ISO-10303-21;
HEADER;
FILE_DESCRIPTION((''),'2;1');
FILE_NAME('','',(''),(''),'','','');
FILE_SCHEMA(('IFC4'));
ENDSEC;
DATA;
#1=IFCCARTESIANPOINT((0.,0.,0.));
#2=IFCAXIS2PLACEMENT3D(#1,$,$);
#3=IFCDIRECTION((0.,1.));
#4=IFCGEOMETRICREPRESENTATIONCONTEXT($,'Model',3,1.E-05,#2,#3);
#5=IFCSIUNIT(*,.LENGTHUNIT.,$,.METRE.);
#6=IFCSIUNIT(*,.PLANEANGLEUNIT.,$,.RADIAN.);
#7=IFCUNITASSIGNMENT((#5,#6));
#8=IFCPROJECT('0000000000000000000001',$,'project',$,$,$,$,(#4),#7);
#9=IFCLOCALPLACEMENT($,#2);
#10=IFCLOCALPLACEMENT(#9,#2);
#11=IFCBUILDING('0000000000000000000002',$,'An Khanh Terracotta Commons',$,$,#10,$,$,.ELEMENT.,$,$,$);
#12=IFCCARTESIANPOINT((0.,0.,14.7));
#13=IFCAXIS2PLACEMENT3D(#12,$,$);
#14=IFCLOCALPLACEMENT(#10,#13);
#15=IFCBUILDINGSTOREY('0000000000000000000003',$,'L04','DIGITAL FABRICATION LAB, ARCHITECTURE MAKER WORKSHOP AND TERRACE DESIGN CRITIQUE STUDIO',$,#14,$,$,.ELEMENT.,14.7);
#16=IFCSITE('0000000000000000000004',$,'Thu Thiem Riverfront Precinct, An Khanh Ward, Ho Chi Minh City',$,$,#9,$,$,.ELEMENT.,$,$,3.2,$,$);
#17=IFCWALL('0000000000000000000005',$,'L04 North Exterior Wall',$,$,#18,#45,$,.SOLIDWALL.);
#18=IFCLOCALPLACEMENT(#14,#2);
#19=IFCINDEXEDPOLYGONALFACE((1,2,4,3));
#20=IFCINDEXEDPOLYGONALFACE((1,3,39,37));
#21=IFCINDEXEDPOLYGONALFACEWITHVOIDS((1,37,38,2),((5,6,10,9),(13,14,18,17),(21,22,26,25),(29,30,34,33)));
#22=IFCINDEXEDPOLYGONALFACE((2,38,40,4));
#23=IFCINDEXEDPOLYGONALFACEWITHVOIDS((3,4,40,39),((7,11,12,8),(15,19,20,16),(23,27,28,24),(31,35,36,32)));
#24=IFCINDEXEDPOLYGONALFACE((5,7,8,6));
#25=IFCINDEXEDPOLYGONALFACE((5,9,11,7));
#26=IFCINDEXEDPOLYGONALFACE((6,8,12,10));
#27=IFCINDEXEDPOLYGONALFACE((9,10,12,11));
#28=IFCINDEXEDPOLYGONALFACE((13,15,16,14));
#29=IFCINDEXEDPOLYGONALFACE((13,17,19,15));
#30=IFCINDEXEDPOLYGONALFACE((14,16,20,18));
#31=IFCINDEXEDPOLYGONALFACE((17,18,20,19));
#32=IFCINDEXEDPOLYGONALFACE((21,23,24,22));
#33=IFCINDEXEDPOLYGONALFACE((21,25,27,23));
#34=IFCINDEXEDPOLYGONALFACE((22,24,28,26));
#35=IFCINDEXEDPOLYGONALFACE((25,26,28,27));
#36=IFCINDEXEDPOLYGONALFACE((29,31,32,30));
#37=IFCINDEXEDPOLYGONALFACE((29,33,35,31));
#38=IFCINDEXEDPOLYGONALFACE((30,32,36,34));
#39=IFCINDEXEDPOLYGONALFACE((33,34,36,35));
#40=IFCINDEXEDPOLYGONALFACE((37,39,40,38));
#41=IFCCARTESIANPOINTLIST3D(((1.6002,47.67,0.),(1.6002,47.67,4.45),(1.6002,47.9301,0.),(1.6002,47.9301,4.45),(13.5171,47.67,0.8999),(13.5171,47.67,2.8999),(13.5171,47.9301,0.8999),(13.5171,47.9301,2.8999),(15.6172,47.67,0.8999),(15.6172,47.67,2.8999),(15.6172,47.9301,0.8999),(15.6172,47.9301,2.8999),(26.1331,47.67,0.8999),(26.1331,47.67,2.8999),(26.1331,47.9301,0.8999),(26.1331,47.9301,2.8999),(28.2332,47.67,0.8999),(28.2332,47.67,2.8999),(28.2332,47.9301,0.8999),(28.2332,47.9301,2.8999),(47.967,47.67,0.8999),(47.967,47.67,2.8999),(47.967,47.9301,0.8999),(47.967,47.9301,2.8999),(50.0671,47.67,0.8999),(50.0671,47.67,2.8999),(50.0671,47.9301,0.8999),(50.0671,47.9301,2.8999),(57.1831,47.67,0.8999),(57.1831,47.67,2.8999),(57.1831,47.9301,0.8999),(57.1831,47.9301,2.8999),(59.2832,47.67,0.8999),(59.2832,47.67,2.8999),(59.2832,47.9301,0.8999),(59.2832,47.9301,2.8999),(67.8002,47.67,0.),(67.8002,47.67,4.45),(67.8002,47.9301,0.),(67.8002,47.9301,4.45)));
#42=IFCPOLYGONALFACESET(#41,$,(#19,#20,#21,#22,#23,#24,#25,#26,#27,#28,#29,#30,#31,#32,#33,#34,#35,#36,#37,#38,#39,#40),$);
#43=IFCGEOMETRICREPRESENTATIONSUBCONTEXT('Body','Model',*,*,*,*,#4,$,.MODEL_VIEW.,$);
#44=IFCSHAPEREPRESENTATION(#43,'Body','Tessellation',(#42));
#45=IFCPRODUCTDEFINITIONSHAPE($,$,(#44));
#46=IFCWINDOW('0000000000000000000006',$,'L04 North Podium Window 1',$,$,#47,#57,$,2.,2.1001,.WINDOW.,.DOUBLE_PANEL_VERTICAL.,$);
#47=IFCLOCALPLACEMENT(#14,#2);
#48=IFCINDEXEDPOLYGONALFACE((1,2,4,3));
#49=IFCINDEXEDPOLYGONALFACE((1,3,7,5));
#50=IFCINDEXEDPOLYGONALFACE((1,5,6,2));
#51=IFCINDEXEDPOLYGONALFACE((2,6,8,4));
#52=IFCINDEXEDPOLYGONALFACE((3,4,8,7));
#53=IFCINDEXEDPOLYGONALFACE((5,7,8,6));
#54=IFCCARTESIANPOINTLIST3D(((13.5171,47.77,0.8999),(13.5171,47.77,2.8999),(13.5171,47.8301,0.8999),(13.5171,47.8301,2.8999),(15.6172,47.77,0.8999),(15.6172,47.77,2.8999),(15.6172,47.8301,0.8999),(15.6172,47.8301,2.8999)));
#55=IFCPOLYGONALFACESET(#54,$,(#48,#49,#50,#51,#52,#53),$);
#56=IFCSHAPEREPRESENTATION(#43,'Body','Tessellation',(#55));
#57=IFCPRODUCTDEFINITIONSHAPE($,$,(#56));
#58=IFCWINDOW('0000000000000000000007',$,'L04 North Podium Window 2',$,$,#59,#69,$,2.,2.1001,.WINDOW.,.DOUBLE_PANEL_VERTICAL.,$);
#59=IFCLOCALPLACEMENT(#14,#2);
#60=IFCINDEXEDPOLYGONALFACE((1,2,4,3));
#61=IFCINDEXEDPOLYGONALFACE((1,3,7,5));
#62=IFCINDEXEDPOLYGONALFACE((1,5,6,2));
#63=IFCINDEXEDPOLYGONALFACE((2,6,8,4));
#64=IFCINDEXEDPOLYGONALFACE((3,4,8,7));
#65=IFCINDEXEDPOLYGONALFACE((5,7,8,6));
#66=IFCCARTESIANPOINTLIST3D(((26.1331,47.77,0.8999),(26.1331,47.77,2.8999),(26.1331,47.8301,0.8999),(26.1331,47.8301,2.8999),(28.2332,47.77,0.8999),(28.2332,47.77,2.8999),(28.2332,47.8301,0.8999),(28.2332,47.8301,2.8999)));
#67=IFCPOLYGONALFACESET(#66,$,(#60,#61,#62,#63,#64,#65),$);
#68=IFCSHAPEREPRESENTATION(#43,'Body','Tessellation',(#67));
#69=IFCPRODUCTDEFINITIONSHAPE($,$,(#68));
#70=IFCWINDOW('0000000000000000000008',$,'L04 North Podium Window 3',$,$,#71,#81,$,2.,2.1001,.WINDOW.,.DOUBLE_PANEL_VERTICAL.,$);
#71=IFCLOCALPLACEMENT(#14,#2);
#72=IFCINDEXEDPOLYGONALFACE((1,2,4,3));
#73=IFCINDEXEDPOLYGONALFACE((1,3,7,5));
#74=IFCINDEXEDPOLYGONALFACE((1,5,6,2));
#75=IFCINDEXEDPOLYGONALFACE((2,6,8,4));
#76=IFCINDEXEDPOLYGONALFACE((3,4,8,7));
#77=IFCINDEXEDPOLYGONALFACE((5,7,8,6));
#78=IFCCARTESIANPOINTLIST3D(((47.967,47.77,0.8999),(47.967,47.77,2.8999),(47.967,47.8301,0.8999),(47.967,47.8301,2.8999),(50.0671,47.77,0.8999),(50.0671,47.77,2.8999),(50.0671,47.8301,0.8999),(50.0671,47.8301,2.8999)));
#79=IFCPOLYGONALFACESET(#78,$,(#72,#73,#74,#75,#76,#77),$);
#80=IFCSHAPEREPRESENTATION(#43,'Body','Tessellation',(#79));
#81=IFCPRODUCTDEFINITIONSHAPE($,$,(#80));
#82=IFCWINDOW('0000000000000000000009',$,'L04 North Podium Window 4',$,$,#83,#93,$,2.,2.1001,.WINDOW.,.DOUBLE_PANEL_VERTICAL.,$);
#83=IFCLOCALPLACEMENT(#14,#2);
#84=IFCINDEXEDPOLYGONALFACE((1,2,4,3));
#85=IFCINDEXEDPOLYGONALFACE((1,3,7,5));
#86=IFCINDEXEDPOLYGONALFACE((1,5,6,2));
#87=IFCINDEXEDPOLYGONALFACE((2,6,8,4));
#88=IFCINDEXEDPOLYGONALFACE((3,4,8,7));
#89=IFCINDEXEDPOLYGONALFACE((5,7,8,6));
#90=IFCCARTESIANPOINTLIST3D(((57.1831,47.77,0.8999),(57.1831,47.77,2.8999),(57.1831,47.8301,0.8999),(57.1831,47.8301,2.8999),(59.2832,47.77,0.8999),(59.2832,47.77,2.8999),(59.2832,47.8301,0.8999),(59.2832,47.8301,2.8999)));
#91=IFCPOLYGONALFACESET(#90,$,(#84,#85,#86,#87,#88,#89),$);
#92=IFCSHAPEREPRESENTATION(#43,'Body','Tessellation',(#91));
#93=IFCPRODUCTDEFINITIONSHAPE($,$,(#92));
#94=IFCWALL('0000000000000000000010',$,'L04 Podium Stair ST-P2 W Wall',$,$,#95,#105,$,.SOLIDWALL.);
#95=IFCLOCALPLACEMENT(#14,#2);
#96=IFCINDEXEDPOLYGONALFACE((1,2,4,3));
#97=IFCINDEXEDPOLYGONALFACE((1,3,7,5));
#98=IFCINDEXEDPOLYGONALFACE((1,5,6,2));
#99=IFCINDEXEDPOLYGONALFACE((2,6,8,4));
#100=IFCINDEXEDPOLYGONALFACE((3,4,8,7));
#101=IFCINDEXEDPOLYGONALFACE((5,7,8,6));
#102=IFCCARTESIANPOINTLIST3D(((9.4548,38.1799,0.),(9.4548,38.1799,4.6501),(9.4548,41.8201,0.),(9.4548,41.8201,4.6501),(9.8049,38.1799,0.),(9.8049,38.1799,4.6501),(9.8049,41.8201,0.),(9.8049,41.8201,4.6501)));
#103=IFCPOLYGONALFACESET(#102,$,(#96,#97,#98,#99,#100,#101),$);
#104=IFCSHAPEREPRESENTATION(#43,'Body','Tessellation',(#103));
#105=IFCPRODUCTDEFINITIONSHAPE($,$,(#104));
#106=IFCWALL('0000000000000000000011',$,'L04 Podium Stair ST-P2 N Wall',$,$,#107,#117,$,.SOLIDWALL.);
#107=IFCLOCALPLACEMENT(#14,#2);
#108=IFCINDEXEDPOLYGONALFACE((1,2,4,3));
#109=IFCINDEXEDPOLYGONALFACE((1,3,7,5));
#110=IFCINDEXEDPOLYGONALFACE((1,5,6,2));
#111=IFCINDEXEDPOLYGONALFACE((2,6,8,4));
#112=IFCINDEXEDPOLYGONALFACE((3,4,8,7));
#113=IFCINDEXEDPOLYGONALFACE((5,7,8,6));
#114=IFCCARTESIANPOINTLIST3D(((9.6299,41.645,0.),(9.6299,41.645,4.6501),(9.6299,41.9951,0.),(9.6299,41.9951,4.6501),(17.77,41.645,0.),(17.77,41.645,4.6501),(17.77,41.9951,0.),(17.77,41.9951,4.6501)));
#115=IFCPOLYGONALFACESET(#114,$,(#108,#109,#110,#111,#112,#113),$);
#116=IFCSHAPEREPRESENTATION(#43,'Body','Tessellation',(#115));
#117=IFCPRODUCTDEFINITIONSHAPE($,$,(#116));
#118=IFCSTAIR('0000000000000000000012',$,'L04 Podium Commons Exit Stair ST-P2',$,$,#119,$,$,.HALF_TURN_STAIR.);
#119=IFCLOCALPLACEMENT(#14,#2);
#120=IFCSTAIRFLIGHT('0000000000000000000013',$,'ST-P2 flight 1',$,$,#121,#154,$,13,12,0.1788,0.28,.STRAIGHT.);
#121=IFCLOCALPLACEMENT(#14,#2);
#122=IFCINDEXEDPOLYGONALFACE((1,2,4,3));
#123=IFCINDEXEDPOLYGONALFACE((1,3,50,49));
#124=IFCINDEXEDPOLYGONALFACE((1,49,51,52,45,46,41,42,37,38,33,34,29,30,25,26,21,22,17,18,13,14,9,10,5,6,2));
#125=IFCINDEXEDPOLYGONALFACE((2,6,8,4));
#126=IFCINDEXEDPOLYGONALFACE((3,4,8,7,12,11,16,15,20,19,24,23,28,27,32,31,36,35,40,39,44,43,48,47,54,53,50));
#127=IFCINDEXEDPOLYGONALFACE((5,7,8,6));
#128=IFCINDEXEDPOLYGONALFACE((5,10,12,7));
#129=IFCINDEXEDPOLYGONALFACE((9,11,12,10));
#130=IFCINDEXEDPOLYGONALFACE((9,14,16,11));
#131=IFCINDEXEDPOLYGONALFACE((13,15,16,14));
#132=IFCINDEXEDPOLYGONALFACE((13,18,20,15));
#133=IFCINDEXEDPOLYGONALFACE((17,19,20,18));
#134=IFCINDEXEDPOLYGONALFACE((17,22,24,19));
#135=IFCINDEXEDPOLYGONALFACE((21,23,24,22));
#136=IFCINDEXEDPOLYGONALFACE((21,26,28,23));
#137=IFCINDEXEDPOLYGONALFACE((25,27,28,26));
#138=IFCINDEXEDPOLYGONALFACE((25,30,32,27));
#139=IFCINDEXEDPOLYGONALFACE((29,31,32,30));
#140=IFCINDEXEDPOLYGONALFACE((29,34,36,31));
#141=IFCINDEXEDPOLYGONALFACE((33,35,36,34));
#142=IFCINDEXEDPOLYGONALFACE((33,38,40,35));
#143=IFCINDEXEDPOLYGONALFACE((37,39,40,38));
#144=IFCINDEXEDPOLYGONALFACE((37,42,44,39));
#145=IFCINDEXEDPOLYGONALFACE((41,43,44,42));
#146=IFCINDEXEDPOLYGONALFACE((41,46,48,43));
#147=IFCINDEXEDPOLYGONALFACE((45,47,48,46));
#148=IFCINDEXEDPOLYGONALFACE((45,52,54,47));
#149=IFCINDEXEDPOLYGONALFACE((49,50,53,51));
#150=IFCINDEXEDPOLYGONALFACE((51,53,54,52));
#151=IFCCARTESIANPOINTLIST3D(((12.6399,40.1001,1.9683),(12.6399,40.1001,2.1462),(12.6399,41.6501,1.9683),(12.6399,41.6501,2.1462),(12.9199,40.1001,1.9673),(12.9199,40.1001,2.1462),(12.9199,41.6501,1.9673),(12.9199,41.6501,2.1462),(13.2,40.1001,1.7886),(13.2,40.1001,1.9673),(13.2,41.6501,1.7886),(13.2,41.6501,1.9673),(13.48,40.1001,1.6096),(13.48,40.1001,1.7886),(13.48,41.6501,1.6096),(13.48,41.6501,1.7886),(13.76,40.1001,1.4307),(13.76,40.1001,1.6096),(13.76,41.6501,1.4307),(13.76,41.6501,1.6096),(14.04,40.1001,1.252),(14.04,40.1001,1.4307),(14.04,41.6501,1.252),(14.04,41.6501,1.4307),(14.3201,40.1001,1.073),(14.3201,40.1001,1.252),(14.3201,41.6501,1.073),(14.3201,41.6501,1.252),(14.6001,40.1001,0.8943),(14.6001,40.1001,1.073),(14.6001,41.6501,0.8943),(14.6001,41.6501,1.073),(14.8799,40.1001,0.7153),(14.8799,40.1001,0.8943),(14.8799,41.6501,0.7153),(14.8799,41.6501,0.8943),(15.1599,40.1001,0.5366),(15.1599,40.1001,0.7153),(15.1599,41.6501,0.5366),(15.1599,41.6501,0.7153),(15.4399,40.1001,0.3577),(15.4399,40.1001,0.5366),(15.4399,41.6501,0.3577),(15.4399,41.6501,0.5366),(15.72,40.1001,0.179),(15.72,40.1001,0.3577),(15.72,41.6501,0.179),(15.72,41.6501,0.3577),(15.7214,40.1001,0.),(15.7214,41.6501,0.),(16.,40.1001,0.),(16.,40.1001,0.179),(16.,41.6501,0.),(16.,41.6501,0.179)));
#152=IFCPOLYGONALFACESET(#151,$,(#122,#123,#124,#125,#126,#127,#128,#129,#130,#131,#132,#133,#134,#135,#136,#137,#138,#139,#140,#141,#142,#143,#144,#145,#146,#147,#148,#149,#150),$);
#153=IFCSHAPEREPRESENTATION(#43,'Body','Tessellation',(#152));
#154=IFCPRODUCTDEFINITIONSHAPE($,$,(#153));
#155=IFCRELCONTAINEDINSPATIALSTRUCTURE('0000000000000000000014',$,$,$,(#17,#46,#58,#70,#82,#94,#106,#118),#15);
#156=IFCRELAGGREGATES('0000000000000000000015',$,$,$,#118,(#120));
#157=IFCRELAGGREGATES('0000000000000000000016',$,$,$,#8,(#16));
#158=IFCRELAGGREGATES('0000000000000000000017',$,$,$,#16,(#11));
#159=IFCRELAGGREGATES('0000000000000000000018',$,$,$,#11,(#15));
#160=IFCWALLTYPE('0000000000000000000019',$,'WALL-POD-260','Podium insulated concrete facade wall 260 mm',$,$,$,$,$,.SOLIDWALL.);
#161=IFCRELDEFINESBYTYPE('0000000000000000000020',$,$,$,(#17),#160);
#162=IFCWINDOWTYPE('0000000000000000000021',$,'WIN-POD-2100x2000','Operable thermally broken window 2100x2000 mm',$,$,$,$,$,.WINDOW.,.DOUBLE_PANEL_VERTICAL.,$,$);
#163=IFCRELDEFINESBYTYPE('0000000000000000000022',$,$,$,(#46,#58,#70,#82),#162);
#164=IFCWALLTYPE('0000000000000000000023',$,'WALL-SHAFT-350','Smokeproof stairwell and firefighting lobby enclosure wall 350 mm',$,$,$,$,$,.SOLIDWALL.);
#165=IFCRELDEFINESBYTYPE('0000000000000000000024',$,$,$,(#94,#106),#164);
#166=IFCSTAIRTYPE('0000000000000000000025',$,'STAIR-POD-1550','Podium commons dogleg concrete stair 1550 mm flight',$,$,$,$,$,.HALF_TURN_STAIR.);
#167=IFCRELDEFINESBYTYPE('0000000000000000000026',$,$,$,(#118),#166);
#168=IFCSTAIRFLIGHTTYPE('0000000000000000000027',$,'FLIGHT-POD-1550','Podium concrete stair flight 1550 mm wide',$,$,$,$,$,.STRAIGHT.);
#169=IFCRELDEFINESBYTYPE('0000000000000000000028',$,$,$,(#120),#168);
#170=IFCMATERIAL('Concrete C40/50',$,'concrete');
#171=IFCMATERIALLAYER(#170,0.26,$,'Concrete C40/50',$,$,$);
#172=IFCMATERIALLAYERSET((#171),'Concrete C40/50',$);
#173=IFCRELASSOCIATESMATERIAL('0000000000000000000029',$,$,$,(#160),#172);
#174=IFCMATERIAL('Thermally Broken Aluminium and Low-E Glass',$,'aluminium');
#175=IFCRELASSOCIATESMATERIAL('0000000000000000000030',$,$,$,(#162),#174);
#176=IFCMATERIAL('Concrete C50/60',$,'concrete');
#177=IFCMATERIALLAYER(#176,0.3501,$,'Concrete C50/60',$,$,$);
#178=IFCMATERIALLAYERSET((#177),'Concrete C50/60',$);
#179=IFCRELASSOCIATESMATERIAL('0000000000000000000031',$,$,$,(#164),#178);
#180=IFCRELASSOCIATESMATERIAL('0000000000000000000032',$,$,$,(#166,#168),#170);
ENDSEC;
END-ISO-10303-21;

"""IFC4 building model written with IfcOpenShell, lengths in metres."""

from ifc_helpers import new_model, si_unit, direction, frame, frame_2d, origin, place, context, subcontext, project, spatial, polyline, rectangle, outline, extrude, material, layer, layer_set, type_object, element, fill, aggregate, save


model = new_model("IFC4")

# Units and contexts
model_context = context("Model", 3, precision=1e-05, world=origin(), true_north=direction((0.0, 1.0)))
body_context = subcontext(model_context, "Body", "Model", "MODEL_VIEW")
ifc_project = project(units=[si_unit("LENGTHUNIT", "METRE"), si_unit("PLANEANGLEUNIT", "RADIAN")], contexts=[model_context])

# Site, building, storey
site_placement = place(None, origin())
site = spatial("IfcSite", under=ifc_project, at=site_placement, Name="Thu Thiem Riverfront Precinct, An Khanh Ward, Ho Chi Minh City", CompositionType="ELEMENT", RefElevation=3.2)
building_placement = place(site_placement, origin())
building = spatial("IfcBuilding", under=site, at=building_placement, Name="An Khanh Terracotta Commons", CompositionType="ELEMENT")
storey_placement = place(building_placement, frame((0.0, 0.0, 14.7)))
storey = spatial("IfcBuildingStorey", under=building, at=storey_placement, Name="L04", Description="DIGITAL FABRICATION LAB, ARCHITECTURE MAKER WORKSHOP AND TERRACE DESIGN CRITIQUE STUDIO", CompositionType="ELEMENT", Elevation=14.7)

# Shared definitions
ifc_material_1 = material(Name="Concrete C50/60", Category="concrete")

# Wall, openings, windows
ifc_material_2 = material(Name="Concrete C40/50", Category="concrete")
ifc_layer_1 = layer(ifc_material_2, 0.26, Name="Concrete C40/50")
ifc_layer_set_1 = layer_set([ifc_layer_1], Name="Concrete C40/50")
wall_type_1 = type_object("IfcWallType", Name="WALL-POD-260", Description="Podium insulated concrete facade wall 260 mm", PredefinedType="SOLIDWALL", material=ifc_layer_set_1)
wall_1_placement = place(storey_placement, frame((1.6001, 47.8, 0.0), z_axis=(0.0, 0.0, 1.0), x_axis=(1.0, 0.0, 0.0)))
wall_1 = element("IfcWall", 1, at=wall_1_placement, inside=storey, type_object=wall_type_1, Name="L04 North Exterior Wall", PredefinedType="SOLIDWALL", context=body_context, shape_type="SweptSolid", body=[
    extrude(rectangle(XDim=66.2, YDim=0.26, at=frame_2d((33.1001, 0.0))), origin(), (0.0, 0.0, 1.0), 4.45),
])
opening_1_placement = place(wall_1_placement, frame((11.917, 0.0, 0.8999)))
opening_1 = element("IfcOpeningElement", 2, at=opening_1_placement, cuts=wall_1, PredefinedType="OPENING", context=body_context, shape_type="SweptSolid", body=[
    extrude(rectangle(XDim=2.1001, YDim=2.0, at=frame_2d((1.05, 1.0))), frame((0.0, 0.1399, 0.0), z_axis=(0.0, -1.0, 0.0), x_axis=(1.0, 0.0, 0.0)), (0.0, 0.0, 1.0), 0.28),
])
opening_2_placement = place(wall_1_placement, frame((24.533, 0.0, 0.8999)))
opening_2 = element("IfcOpeningElement", 3, at=opening_2_placement, cuts=wall_1, PredefinedType="OPENING", context=body_context, shape_type="SweptSolid", body=[
    extrude(rectangle(XDim=2.1001, YDim=2.0, at=frame_2d((1.05, 1.0))), frame((0.0, 0.1399, 0.0), z_axis=(0.0, -1.0, 0.0), x_axis=(1.0, 0.0, 0.0)), (0.0, 0.0, 1.0), 0.28),
])
opening_3_placement = place(wall_1_placement, frame((46.3669, 0.0, 0.8999)))
opening_3 = element("IfcOpeningElement", 4, at=opening_3_placement, cuts=wall_1, PredefinedType="OPENING", context=body_context, shape_type="SweptSolid", body=[
    extrude(rectangle(XDim=2.1001, YDim=2.0, at=frame_2d((1.05, 1.0))), frame((0.0, 0.1399, 0.0), z_axis=(0.0, -1.0, 0.0), x_axis=(1.0, 0.0, 0.0)), (0.0, 0.0, 1.0), 0.28),
])
opening_4_placement = place(wall_1_placement, frame((55.583, 0.0, 0.8999)))
opening_4 = element("IfcOpeningElement", 5, at=opening_4_placement, cuts=wall_1, PredefinedType="OPENING", context=body_context, shape_type="SweptSolid", body=[
    extrude(rectangle(XDim=2.1001, YDim=2.0, at=frame_2d((1.05, 1.0))), frame((0.0, 0.1399, 0.0), z_axis=(0.0, -1.0, 0.0), x_axis=(1.0, 0.0, 0.0)), (0.0, 0.0, 1.0), 0.28),
])
ifc_material_3 = material(Name="Thermally Broken Aluminium and Low-E Glass", Category="aluminium")
window_type = type_object("IfcWindowType", Name="WIN-POD-2100x2000", Description="Operable thermally broken window 2100x2000 mm", PartitioningType="DOUBLE_PANEL_VERTICAL", PredefinedType="WINDOW", material=ifc_material_3)
window_1_placement = place(opening_1_placement, origin())
window_1 = element("IfcWindow", 6, at=window_1_placement, inside=storey, type_object=window_type, Name="L04 North Podium Window 1", OverallHeight=2.0, OverallWidth=2.1001, PartitioningType="DOUBLE_PANEL_VERTICAL", PredefinedType="WINDOW", context=body_context, shape_type="SweptSolid", body=[
    extrude(rectangle(XDim=2.1001, YDim=2.0, at=frame_2d((1.05, 1.0))), frame((0.0, 0.03, 0.0), z_axis=(0.0, -1.0, 0.0), x_axis=(1.0, 0.0, 0.0)), (0.0, 0.0, 1.0), 0.0601),
])
fill(opening_1, window_1)
window_2_placement = place(opening_2_placement, origin())
window_2 = element("IfcWindow", 7, at=window_2_placement, inside=storey, type_object=window_type, Name="L04 North Podium Window 2", OverallHeight=2.0, OverallWidth=2.1001, PartitioningType="DOUBLE_PANEL_VERTICAL", PredefinedType="WINDOW", context=body_context, shape_type="SweptSolid", body=[
    extrude(rectangle(XDim=2.1001, YDim=2.0, at=frame_2d((1.05, 1.0))), frame((0.0, 0.03, 0.0), z_axis=(0.0, -1.0, 0.0), x_axis=(1.0, 0.0, 0.0)), (0.0, 0.0, 1.0), 0.0601),
])
fill(opening_2, window_2)
window_3_placement = place(opening_3_placement, origin())
window_3 = element("IfcWindow", 8, at=window_3_placement, inside=storey, type_object=window_type, Name="L04 North Podium Window 3", OverallHeight=2.0, OverallWidth=2.1001, PartitioningType="DOUBLE_PANEL_VERTICAL", PredefinedType="WINDOW", context=body_context, shape_type="SweptSolid", body=[
    extrude(rectangle(XDim=2.1001, YDim=2.0, at=frame_2d((1.05, 1.0))), frame((0.0, 0.03, 0.0), z_axis=(0.0, -1.0, 0.0), x_axis=(1.0, 0.0, 0.0)), (0.0, 0.0, 1.0), 0.0601),
])
fill(opening_3, window_3)
window_4_placement = place(opening_4_placement, origin())
window_4 = element("IfcWindow", 9, at=window_4_placement, inside=storey, type_object=window_type, Name="L04 North Podium Window 4", OverallHeight=2.0, OverallWidth=2.1001, PartitioningType="DOUBLE_PANEL_VERTICAL", PredefinedType="WINDOW", context=body_context, shape_type="SweptSolid", body=[
    extrude(rectangle(XDim=2.1001, YDim=2.0, at=frame_2d((1.05, 1.0))), frame((0.0, 0.03, 0.0), z_axis=(0.0, -1.0, 0.0), x_axis=(1.0, 0.0, 0.0)), (0.0, 0.0, 1.0), 0.0601),
])
fill(opening_4, window_4)

# Walls
ifc_layer_2 = layer(ifc_material_1, 0.3501, Name="Concrete C50/60")
ifc_layer_set_2 = layer_set([ifc_layer_2], Name="Concrete C50/60")
wall_type_2 = type_object("IfcWallType", Name="WALL-SHAFT-350", Description="Smokeproof stairwell and firefighting lobby enclosure wall 350 mm", PredefinedType="SOLIDWALL", material=ifc_layer_set_2)
wall_2_placement = place(storey_placement, frame((9.6299, 38.1799, 0.0), z_axis=(0.0, 0.0, 1.0), x_axis=(0.0, 1.0, 0.0)))
element("IfcWall", 10, at=wall_2_placement, inside=storey, type_object=wall_type_2, Name="L04 Podium Stair ST-P2 W Wall", PredefinedType="SOLIDWALL", context=body_context, shape_type="SweptSolid", body=[
    extrude(rectangle(XDim=3.6401, YDim=0.3501, at=frame_2d((1.8201, 0.0))), origin(), (0.0, 0.0, 1.0), 4.6501),
])
wall_3_placement = place(storey_placement, frame((9.6299, 41.8201, 0.0), z_axis=(0.0, 0.0, 1.0), x_axis=(1.0, 0.0, 0.0)))
element("IfcWall", 11, at=wall_3_placement, inside=storey, type_object=wall_type_2, Name="L04 Podium Stair ST-P2 N Wall", PredefinedType="SOLIDWALL", context=body_context, shape_type="SweptSolid", body=[
    extrude(rectangle(XDim=8.1401, YDim=0.3501, at=frame_2d((4.0701, 0.0))), origin(), (0.0, 0.0, 1.0), 4.6501),
])

# Stair, stair flight
stair_type = type_object("IfcStairType", Name="STAIR-POD-1550", Description="Podium commons dogleg concrete stair 1550 mm flight", PredefinedType="HALF_TURN_STAIR", material=ifc_material_2)
stair_placement = place(storey_placement, origin())
stair = element("IfcStair", 12, at=stair_placement, inside=storey, type_object=stair_type, Name="L04 Podium Commons Exit Stair ST-P2", PredefinedType="HALF_TURN_STAIR")
stair_flight_type = type_object("IfcStairFlightType", Name="FLIGHT-POD-1550", Description="Podium concrete stair flight 1550 mm wide", PredefinedType="STRAIGHT", material=ifc_material_2)
stair_flight_1_placement = place(storey_placement, frame((16.0, 40.875, 0.0), z_axis=(0.0, 0.0, 1.0), x_axis=(-1.0, 0.0, 0.0)))
stair_flight_1 = element("IfcStairFlight", 13, at=stair_flight_1_placement, type_object=stair_flight_type, Name="ST-P2 flight 1", NumberOfRisers=13, NumberOfTreads=12, PredefinedType="STRAIGHT", RiserHeight=0.1788, TreadLength=0.28, context=body_context, shape_type="SweptSolid", body=[
    extrude(outline(polyline([(0.0, 0.0), (0.0, 0.179), (0.28, 0.179), (0.28, 0.3577), (0.5601, 0.3577), (0.5601, 0.5366), (0.8401, 0.5366), (0.8401, 0.7153), (1.1201, 0.7153), (1.1201, 0.8943), (1.3999, 0.8943), (1.3999, 1.073), (1.6799, 1.073), (1.6799, 1.252), (1.96, 1.252), (1.96, 1.4307), (2.24, 1.4307), (2.24, 1.6096), (2.52, 1.6096), (2.52, 1.7886), (2.8, 1.7886), (2.8, 1.9673), (3.0801, 1.9673), (3.0801, 2.1462), (3.3601, 2.1462), (3.3601, 2.325), (3.3601, 1.9683), (0.2786, 0.0), (0.0, 0.0)])), frame((0.0, 0.7749, 0.0), z_axis=(0.0, -1.0, 0.0), x_axis=(1.0, 0.0, 0.0)), (0.0, 0.0, 1.0), 1.55),
])
aggregate(stair, [stair_flight_1])

save(model, "model.ifc")
